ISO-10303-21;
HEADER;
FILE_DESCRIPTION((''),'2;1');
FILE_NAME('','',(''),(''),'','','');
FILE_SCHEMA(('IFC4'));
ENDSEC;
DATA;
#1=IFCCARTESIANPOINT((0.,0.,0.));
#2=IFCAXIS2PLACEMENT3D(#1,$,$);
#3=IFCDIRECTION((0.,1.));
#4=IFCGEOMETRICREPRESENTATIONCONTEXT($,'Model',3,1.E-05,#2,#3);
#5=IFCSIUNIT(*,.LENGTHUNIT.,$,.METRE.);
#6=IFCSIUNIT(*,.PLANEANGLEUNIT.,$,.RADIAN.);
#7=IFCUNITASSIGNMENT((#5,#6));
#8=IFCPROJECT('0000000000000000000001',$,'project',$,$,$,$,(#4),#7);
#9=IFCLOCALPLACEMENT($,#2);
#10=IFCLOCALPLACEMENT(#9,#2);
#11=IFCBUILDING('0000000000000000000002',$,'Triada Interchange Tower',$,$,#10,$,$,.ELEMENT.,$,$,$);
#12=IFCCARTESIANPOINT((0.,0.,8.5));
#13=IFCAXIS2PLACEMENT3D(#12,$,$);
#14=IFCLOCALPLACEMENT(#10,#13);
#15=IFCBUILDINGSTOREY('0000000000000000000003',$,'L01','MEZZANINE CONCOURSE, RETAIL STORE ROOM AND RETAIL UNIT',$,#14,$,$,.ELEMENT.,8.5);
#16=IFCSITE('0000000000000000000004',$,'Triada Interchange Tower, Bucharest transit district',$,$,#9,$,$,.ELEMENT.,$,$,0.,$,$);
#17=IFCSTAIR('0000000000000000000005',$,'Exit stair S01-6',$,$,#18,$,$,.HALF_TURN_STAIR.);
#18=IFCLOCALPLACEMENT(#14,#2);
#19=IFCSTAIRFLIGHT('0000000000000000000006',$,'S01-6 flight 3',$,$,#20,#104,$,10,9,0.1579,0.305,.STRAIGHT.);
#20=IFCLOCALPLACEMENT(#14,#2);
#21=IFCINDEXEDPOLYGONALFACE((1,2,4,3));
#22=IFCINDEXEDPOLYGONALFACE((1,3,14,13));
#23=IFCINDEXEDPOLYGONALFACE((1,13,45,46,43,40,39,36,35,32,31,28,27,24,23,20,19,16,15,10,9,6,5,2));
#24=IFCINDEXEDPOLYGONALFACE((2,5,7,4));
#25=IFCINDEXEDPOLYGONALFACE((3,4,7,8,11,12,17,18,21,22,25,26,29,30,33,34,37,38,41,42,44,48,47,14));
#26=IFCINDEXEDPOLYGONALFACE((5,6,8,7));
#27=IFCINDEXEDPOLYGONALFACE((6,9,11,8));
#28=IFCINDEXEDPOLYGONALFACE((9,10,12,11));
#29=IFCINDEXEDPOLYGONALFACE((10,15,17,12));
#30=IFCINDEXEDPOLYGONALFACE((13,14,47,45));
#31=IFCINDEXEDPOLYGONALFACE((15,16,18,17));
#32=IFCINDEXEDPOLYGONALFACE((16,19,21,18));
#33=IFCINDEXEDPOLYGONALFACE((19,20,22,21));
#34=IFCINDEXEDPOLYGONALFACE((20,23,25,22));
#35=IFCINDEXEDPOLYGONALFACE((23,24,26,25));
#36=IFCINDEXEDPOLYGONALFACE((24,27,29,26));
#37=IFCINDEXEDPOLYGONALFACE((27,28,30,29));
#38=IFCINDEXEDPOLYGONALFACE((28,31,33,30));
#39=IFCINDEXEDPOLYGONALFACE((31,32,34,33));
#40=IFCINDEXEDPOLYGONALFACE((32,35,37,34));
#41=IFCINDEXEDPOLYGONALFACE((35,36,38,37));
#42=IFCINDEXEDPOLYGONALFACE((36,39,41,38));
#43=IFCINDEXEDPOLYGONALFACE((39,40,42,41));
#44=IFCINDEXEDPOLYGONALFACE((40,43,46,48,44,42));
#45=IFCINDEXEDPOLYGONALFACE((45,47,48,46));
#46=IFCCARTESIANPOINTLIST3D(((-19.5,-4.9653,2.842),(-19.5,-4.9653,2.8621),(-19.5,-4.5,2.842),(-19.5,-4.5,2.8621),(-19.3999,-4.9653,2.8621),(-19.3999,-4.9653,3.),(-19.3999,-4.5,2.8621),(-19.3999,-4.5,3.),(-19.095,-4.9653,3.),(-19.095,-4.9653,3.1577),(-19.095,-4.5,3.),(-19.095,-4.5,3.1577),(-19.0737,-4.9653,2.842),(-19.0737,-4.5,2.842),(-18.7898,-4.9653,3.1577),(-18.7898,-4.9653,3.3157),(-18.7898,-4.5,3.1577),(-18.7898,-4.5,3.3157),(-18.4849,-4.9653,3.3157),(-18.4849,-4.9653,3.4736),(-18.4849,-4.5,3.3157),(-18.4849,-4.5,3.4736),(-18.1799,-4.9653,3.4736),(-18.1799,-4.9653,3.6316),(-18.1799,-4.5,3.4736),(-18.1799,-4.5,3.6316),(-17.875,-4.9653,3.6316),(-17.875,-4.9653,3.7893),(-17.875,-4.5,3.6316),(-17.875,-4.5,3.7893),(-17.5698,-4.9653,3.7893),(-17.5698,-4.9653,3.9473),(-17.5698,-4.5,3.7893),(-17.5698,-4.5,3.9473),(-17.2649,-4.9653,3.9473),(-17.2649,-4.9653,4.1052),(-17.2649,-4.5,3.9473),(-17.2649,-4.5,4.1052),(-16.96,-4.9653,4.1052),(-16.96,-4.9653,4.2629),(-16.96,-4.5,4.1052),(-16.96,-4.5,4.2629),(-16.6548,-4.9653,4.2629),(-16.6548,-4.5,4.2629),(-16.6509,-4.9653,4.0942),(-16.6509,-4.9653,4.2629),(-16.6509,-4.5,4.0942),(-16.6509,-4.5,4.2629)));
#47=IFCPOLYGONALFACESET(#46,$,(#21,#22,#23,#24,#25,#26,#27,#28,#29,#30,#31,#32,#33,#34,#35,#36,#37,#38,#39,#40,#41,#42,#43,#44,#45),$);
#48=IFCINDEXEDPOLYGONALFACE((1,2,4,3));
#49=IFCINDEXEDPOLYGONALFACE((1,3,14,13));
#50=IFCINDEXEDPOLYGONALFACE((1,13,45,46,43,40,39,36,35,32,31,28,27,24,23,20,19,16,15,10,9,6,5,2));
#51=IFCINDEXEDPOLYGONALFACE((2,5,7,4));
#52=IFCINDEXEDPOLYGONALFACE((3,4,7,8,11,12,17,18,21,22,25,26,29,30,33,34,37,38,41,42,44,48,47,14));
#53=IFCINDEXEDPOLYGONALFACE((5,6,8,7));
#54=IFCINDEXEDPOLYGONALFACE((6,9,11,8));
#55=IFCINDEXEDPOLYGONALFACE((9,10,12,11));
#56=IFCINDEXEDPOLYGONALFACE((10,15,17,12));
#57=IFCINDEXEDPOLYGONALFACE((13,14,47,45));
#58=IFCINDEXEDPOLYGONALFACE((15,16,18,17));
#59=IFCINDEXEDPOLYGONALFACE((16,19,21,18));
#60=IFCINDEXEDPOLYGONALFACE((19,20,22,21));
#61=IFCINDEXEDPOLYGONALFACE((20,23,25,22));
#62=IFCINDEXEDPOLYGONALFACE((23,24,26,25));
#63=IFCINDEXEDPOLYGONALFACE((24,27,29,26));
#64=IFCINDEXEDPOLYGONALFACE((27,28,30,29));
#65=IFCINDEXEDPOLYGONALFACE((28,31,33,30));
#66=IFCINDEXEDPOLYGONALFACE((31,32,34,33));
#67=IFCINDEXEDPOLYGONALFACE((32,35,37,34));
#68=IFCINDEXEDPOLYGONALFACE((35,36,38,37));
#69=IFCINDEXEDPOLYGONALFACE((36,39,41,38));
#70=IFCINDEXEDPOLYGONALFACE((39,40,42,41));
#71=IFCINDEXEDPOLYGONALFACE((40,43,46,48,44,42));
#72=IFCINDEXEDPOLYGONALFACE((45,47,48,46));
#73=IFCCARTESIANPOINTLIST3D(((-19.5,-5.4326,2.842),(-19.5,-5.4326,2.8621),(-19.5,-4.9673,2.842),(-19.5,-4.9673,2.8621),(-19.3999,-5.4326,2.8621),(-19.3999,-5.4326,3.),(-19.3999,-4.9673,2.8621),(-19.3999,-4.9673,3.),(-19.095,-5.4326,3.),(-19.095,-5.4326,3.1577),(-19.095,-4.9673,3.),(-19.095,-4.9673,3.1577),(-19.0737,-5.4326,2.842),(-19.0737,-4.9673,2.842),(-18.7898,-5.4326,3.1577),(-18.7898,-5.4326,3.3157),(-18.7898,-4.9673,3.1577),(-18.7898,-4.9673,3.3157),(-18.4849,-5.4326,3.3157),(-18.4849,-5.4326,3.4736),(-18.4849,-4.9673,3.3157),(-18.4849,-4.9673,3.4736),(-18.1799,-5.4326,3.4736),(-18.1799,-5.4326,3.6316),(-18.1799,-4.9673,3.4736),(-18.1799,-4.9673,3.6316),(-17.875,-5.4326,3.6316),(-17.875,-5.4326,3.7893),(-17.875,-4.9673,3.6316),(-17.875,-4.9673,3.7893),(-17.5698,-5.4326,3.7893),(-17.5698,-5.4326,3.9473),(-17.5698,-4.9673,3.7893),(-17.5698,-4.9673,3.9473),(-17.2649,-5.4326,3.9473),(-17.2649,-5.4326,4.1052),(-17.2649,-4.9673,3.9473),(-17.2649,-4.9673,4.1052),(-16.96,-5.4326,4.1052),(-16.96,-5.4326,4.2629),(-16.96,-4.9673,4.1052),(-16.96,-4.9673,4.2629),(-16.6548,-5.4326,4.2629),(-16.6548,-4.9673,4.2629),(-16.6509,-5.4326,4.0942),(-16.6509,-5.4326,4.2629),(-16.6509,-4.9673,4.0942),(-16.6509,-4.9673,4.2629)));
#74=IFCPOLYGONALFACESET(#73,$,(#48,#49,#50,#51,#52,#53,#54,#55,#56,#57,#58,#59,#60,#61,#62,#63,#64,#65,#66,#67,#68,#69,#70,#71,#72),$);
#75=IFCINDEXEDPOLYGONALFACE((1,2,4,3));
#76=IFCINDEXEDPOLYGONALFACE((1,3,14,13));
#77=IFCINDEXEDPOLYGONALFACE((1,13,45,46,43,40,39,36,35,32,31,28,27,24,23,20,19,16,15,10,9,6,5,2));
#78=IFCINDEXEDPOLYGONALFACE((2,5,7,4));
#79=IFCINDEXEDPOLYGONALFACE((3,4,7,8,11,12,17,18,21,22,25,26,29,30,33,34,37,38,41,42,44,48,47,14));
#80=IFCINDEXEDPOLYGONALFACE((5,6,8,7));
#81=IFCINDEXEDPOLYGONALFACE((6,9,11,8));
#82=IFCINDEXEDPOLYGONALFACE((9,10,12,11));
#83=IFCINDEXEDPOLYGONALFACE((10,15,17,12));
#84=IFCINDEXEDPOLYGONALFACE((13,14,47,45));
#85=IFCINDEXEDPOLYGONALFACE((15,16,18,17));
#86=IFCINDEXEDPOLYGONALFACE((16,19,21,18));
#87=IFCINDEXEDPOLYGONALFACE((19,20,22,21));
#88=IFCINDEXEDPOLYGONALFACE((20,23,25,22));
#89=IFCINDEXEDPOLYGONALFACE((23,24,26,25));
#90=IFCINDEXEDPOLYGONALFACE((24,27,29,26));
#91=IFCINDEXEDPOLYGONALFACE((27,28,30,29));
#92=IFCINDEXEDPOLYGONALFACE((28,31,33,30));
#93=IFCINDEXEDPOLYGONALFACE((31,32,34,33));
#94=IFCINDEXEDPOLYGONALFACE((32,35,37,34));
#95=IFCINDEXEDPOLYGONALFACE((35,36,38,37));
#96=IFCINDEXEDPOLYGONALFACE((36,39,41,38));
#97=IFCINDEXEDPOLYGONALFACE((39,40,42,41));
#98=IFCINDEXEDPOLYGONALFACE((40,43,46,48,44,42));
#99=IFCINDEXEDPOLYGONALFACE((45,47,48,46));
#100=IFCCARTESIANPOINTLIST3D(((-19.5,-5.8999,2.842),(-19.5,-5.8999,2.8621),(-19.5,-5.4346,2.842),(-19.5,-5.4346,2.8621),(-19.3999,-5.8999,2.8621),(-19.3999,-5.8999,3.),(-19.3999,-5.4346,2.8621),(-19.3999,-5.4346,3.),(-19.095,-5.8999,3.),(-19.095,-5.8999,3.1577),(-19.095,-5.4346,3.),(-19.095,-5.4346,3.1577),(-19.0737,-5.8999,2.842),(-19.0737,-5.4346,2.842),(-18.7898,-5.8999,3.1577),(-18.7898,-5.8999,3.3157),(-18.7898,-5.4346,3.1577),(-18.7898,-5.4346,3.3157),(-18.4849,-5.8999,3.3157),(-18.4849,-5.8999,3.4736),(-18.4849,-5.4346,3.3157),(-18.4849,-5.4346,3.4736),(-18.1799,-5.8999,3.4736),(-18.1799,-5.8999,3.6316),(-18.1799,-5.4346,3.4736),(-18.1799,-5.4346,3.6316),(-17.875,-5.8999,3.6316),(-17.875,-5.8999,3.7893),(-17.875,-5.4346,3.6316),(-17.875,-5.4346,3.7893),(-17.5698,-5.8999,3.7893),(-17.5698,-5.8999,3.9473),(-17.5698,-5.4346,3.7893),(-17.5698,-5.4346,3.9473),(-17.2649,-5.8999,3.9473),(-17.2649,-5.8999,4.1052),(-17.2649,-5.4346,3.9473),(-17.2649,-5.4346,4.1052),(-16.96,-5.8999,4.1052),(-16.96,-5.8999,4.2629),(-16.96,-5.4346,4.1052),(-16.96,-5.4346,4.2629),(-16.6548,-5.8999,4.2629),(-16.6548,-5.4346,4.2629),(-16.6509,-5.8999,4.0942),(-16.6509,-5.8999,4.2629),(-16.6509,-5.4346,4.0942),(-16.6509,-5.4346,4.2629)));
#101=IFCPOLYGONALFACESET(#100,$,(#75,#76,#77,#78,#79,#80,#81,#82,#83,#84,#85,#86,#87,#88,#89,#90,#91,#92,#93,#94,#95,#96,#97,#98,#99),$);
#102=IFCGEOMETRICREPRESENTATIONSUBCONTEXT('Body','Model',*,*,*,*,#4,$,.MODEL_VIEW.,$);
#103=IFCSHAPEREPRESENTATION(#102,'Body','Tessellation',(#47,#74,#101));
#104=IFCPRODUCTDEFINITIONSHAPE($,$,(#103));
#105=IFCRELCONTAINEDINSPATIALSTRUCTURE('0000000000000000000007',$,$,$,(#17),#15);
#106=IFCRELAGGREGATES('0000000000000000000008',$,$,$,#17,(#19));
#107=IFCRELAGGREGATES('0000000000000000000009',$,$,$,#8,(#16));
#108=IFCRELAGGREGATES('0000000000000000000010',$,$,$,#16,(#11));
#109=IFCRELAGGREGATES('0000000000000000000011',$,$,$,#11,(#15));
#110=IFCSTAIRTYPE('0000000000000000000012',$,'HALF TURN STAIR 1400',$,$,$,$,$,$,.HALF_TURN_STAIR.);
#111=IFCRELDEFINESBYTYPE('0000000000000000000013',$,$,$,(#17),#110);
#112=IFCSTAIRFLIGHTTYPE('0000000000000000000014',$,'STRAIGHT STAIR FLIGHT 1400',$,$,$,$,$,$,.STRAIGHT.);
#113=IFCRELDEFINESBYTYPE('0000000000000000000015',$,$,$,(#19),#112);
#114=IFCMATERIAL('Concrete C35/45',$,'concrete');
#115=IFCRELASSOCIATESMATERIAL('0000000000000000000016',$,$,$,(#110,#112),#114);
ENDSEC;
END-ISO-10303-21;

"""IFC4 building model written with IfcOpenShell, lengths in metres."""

from ifc_helpers import new_model, si_unit, direction, frame, origin, place, context, subcontext, project, spatial, polyline, outline, extrude, material, type_object, element, aggregate, save


model = new_model("IFC4")

# Units and contexts
model_context = context("Model", 3, precision=1e-05, world=origin(), true_north=direction((0.0, 1.0)))
body_context = subcontext(model_context, "Body", "Model", "MODEL_VIEW")
ifc_project = project(units=[si_unit("LENGTHUNIT", "METRE"), si_unit("PLANEANGLEUNIT", "RADIAN")], contexts=[model_context])

# Site, building, storey
site_placement = place(None, origin())
site = spatial("IfcSite", under=ifc_project, at=site_placement, Name="Triada Interchange Tower, Bucharest transit district", CompositionType="ELEMENT", RefElevation=0.0)
building_placement = place(site_placement, origin())
building = spatial("IfcBuilding", under=site, at=building_placement, Name="Triada Interchange Tower", CompositionType="ELEMENT")
storey_placement = place(building_placement, frame((0.0, 0.0, 8.5)))
storey = spatial("IfcBuildingStorey", under=building, at=storey_placement, Name="L01", Description="MEZZANINE CONCOURSE, RETAIL STORE ROOM AND RETAIL UNIT", CompositionType="ELEMENT", Elevation=8.5)

# Shared definitions
ifc_material_1 = material(Name="Concrete C35/45", Category="concrete")

# Stair, stair flight
stair_type = type_object("IfcStairType", Name="HALF TURN STAIR 1400", PredefinedType="HALF_TURN_STAIR", material=ifc_material_1)
stair_placement = place(storey_placement, origin())
stair = element("IfcStair", 1, at=stair_placement, inside=storey, type_object=stair_type, Name="Exit stair S01-6", PredefinedType="HALF_TURN_STAIR")
stair_flight_type = type_object("IfcStairFlightType", Name="STRAIGHT STAIR FLIGHT 1400", PredefinedType="STRAIGHT", material=ifc_material_1)
stair_flight_1_placement = place(storey_placement, frame((-19.3999, -5.2, 2.842), z_axis=(0.0, 0.0, 1.0), x_axis=(1.0, 0.0, 0.0)))
stair_flight_1 = element("IfcStairFlight", 2, at=stair_flight_1_placement, type_object=stair_flight_type, Name="S01-6 flight 3", NumberOfRisers=10, NumberOfTreads=9, PredefinedType="STRAIGHT", RiserHeight=0.1579, TreadLength=0.305, context=body_context, shape_type="SweptSolid", body=[
    extrude(outline(polyline([(-0.1001, 0.0), (-0.1001, 0.02), (0.0, 0.02), (0.0, 0.158), (0.3049, 0.158), (0.3049, 0.3157), (0.6101, 0.3157), (0.6101, 0.4736), (0.915, 0.4736), (0.915, 0.6316), (1.22, 0.6316), (1.22, 0.7896), (1.5249, 0.7896), (1.5249, 0.9473), (1.8301, 0.9473), (1.8301, 1.1052), (2.135, 1.1052), (2.135, 1.2632), (2.4399, 1.2632), (2.4399, 1.4209), (2.7451, 1.4209), (2.749, 1.4209), (2.749, 1.5789), (2.749, 1.2522), (0.3262, 0.0), (-0.1001, 0.0)])), frame((0.0, 0.7, 0.0), z_axis=(0.0, -1.0, 0.0), x_axis=(1.0, 0.0, 0.0)), (0.0, 0.0, 1.0), 0.4653),
    extrude(outline(polyline([(-0.1001, 0.0), (-0.1001, 0.02), (0.0, 0.02), (0.0, 0.158), (0.3049, 0.158), (0.3049, 0.3157), (0.6101, 0.3157), (0.6101, 0.4736), (0.915, 0.4736), (0.915, 0.6316), (1.22, 0.6316), (1.22, 0.7896), (1.5249, 0.7896), (1.5249, 0.9473), (1.8301, 0.9473), (1.8301, 1.1052), (2.135, 1.1052), (2.135, 1.2632), (2.4399, 1.2632), (2.4399, 1.4209), (2.7451, 1.4209), (2.749, 1.4209), (2.749, 1.5789), (2.749, 1.2522), (0.3262, 0.0), (-0.1001, 0.0)])), frame((0.0, 0.2327, 0.0), z_axis=(0.0, -1.0, 0.0), x_axis=(1.0, 0.0, 0.0)), (0.0, 0.0, 1.0), 0.4653),
    extrude(outline(polyline([(-0.1001, 0.0), (-0.1001, 0.02), (0.0, 0.02), (0.0, 0.158), (0.3049, 0.158), (0.3049, 0.3157), (0.6101, 0.3157), (0.6101, 0.4736), (0.915, 0.4736), (0.915, 0.6316), (1.22, 0.6316), (1.22, 0.7896), (1.5249, 0.7896), (1.5249, 0.9473), (1.8301, 0.9473), (1.8301, 1.1052), (2.135, 1.1052), (2.135, 1.2632), (2.4399, 1.2632), (2.4399, 1.4209), (2.7451, 1.4209), (2.749, 1.4209), (2.749, 1.5789), (2.749, 1.2522), (0.3262, 0.0), (-0.1001, 0.0)])), frame((0.0, -0.2346, 0.0), z_axis=(0.0, -1.0, 0.0), x_axis=(1.0, 0.0, 0.0)), (0.0, 0.0, 1.0), 0.4653),
])
aggregate(stair, [stair_flight_1])

save(model, "model.ifc")
